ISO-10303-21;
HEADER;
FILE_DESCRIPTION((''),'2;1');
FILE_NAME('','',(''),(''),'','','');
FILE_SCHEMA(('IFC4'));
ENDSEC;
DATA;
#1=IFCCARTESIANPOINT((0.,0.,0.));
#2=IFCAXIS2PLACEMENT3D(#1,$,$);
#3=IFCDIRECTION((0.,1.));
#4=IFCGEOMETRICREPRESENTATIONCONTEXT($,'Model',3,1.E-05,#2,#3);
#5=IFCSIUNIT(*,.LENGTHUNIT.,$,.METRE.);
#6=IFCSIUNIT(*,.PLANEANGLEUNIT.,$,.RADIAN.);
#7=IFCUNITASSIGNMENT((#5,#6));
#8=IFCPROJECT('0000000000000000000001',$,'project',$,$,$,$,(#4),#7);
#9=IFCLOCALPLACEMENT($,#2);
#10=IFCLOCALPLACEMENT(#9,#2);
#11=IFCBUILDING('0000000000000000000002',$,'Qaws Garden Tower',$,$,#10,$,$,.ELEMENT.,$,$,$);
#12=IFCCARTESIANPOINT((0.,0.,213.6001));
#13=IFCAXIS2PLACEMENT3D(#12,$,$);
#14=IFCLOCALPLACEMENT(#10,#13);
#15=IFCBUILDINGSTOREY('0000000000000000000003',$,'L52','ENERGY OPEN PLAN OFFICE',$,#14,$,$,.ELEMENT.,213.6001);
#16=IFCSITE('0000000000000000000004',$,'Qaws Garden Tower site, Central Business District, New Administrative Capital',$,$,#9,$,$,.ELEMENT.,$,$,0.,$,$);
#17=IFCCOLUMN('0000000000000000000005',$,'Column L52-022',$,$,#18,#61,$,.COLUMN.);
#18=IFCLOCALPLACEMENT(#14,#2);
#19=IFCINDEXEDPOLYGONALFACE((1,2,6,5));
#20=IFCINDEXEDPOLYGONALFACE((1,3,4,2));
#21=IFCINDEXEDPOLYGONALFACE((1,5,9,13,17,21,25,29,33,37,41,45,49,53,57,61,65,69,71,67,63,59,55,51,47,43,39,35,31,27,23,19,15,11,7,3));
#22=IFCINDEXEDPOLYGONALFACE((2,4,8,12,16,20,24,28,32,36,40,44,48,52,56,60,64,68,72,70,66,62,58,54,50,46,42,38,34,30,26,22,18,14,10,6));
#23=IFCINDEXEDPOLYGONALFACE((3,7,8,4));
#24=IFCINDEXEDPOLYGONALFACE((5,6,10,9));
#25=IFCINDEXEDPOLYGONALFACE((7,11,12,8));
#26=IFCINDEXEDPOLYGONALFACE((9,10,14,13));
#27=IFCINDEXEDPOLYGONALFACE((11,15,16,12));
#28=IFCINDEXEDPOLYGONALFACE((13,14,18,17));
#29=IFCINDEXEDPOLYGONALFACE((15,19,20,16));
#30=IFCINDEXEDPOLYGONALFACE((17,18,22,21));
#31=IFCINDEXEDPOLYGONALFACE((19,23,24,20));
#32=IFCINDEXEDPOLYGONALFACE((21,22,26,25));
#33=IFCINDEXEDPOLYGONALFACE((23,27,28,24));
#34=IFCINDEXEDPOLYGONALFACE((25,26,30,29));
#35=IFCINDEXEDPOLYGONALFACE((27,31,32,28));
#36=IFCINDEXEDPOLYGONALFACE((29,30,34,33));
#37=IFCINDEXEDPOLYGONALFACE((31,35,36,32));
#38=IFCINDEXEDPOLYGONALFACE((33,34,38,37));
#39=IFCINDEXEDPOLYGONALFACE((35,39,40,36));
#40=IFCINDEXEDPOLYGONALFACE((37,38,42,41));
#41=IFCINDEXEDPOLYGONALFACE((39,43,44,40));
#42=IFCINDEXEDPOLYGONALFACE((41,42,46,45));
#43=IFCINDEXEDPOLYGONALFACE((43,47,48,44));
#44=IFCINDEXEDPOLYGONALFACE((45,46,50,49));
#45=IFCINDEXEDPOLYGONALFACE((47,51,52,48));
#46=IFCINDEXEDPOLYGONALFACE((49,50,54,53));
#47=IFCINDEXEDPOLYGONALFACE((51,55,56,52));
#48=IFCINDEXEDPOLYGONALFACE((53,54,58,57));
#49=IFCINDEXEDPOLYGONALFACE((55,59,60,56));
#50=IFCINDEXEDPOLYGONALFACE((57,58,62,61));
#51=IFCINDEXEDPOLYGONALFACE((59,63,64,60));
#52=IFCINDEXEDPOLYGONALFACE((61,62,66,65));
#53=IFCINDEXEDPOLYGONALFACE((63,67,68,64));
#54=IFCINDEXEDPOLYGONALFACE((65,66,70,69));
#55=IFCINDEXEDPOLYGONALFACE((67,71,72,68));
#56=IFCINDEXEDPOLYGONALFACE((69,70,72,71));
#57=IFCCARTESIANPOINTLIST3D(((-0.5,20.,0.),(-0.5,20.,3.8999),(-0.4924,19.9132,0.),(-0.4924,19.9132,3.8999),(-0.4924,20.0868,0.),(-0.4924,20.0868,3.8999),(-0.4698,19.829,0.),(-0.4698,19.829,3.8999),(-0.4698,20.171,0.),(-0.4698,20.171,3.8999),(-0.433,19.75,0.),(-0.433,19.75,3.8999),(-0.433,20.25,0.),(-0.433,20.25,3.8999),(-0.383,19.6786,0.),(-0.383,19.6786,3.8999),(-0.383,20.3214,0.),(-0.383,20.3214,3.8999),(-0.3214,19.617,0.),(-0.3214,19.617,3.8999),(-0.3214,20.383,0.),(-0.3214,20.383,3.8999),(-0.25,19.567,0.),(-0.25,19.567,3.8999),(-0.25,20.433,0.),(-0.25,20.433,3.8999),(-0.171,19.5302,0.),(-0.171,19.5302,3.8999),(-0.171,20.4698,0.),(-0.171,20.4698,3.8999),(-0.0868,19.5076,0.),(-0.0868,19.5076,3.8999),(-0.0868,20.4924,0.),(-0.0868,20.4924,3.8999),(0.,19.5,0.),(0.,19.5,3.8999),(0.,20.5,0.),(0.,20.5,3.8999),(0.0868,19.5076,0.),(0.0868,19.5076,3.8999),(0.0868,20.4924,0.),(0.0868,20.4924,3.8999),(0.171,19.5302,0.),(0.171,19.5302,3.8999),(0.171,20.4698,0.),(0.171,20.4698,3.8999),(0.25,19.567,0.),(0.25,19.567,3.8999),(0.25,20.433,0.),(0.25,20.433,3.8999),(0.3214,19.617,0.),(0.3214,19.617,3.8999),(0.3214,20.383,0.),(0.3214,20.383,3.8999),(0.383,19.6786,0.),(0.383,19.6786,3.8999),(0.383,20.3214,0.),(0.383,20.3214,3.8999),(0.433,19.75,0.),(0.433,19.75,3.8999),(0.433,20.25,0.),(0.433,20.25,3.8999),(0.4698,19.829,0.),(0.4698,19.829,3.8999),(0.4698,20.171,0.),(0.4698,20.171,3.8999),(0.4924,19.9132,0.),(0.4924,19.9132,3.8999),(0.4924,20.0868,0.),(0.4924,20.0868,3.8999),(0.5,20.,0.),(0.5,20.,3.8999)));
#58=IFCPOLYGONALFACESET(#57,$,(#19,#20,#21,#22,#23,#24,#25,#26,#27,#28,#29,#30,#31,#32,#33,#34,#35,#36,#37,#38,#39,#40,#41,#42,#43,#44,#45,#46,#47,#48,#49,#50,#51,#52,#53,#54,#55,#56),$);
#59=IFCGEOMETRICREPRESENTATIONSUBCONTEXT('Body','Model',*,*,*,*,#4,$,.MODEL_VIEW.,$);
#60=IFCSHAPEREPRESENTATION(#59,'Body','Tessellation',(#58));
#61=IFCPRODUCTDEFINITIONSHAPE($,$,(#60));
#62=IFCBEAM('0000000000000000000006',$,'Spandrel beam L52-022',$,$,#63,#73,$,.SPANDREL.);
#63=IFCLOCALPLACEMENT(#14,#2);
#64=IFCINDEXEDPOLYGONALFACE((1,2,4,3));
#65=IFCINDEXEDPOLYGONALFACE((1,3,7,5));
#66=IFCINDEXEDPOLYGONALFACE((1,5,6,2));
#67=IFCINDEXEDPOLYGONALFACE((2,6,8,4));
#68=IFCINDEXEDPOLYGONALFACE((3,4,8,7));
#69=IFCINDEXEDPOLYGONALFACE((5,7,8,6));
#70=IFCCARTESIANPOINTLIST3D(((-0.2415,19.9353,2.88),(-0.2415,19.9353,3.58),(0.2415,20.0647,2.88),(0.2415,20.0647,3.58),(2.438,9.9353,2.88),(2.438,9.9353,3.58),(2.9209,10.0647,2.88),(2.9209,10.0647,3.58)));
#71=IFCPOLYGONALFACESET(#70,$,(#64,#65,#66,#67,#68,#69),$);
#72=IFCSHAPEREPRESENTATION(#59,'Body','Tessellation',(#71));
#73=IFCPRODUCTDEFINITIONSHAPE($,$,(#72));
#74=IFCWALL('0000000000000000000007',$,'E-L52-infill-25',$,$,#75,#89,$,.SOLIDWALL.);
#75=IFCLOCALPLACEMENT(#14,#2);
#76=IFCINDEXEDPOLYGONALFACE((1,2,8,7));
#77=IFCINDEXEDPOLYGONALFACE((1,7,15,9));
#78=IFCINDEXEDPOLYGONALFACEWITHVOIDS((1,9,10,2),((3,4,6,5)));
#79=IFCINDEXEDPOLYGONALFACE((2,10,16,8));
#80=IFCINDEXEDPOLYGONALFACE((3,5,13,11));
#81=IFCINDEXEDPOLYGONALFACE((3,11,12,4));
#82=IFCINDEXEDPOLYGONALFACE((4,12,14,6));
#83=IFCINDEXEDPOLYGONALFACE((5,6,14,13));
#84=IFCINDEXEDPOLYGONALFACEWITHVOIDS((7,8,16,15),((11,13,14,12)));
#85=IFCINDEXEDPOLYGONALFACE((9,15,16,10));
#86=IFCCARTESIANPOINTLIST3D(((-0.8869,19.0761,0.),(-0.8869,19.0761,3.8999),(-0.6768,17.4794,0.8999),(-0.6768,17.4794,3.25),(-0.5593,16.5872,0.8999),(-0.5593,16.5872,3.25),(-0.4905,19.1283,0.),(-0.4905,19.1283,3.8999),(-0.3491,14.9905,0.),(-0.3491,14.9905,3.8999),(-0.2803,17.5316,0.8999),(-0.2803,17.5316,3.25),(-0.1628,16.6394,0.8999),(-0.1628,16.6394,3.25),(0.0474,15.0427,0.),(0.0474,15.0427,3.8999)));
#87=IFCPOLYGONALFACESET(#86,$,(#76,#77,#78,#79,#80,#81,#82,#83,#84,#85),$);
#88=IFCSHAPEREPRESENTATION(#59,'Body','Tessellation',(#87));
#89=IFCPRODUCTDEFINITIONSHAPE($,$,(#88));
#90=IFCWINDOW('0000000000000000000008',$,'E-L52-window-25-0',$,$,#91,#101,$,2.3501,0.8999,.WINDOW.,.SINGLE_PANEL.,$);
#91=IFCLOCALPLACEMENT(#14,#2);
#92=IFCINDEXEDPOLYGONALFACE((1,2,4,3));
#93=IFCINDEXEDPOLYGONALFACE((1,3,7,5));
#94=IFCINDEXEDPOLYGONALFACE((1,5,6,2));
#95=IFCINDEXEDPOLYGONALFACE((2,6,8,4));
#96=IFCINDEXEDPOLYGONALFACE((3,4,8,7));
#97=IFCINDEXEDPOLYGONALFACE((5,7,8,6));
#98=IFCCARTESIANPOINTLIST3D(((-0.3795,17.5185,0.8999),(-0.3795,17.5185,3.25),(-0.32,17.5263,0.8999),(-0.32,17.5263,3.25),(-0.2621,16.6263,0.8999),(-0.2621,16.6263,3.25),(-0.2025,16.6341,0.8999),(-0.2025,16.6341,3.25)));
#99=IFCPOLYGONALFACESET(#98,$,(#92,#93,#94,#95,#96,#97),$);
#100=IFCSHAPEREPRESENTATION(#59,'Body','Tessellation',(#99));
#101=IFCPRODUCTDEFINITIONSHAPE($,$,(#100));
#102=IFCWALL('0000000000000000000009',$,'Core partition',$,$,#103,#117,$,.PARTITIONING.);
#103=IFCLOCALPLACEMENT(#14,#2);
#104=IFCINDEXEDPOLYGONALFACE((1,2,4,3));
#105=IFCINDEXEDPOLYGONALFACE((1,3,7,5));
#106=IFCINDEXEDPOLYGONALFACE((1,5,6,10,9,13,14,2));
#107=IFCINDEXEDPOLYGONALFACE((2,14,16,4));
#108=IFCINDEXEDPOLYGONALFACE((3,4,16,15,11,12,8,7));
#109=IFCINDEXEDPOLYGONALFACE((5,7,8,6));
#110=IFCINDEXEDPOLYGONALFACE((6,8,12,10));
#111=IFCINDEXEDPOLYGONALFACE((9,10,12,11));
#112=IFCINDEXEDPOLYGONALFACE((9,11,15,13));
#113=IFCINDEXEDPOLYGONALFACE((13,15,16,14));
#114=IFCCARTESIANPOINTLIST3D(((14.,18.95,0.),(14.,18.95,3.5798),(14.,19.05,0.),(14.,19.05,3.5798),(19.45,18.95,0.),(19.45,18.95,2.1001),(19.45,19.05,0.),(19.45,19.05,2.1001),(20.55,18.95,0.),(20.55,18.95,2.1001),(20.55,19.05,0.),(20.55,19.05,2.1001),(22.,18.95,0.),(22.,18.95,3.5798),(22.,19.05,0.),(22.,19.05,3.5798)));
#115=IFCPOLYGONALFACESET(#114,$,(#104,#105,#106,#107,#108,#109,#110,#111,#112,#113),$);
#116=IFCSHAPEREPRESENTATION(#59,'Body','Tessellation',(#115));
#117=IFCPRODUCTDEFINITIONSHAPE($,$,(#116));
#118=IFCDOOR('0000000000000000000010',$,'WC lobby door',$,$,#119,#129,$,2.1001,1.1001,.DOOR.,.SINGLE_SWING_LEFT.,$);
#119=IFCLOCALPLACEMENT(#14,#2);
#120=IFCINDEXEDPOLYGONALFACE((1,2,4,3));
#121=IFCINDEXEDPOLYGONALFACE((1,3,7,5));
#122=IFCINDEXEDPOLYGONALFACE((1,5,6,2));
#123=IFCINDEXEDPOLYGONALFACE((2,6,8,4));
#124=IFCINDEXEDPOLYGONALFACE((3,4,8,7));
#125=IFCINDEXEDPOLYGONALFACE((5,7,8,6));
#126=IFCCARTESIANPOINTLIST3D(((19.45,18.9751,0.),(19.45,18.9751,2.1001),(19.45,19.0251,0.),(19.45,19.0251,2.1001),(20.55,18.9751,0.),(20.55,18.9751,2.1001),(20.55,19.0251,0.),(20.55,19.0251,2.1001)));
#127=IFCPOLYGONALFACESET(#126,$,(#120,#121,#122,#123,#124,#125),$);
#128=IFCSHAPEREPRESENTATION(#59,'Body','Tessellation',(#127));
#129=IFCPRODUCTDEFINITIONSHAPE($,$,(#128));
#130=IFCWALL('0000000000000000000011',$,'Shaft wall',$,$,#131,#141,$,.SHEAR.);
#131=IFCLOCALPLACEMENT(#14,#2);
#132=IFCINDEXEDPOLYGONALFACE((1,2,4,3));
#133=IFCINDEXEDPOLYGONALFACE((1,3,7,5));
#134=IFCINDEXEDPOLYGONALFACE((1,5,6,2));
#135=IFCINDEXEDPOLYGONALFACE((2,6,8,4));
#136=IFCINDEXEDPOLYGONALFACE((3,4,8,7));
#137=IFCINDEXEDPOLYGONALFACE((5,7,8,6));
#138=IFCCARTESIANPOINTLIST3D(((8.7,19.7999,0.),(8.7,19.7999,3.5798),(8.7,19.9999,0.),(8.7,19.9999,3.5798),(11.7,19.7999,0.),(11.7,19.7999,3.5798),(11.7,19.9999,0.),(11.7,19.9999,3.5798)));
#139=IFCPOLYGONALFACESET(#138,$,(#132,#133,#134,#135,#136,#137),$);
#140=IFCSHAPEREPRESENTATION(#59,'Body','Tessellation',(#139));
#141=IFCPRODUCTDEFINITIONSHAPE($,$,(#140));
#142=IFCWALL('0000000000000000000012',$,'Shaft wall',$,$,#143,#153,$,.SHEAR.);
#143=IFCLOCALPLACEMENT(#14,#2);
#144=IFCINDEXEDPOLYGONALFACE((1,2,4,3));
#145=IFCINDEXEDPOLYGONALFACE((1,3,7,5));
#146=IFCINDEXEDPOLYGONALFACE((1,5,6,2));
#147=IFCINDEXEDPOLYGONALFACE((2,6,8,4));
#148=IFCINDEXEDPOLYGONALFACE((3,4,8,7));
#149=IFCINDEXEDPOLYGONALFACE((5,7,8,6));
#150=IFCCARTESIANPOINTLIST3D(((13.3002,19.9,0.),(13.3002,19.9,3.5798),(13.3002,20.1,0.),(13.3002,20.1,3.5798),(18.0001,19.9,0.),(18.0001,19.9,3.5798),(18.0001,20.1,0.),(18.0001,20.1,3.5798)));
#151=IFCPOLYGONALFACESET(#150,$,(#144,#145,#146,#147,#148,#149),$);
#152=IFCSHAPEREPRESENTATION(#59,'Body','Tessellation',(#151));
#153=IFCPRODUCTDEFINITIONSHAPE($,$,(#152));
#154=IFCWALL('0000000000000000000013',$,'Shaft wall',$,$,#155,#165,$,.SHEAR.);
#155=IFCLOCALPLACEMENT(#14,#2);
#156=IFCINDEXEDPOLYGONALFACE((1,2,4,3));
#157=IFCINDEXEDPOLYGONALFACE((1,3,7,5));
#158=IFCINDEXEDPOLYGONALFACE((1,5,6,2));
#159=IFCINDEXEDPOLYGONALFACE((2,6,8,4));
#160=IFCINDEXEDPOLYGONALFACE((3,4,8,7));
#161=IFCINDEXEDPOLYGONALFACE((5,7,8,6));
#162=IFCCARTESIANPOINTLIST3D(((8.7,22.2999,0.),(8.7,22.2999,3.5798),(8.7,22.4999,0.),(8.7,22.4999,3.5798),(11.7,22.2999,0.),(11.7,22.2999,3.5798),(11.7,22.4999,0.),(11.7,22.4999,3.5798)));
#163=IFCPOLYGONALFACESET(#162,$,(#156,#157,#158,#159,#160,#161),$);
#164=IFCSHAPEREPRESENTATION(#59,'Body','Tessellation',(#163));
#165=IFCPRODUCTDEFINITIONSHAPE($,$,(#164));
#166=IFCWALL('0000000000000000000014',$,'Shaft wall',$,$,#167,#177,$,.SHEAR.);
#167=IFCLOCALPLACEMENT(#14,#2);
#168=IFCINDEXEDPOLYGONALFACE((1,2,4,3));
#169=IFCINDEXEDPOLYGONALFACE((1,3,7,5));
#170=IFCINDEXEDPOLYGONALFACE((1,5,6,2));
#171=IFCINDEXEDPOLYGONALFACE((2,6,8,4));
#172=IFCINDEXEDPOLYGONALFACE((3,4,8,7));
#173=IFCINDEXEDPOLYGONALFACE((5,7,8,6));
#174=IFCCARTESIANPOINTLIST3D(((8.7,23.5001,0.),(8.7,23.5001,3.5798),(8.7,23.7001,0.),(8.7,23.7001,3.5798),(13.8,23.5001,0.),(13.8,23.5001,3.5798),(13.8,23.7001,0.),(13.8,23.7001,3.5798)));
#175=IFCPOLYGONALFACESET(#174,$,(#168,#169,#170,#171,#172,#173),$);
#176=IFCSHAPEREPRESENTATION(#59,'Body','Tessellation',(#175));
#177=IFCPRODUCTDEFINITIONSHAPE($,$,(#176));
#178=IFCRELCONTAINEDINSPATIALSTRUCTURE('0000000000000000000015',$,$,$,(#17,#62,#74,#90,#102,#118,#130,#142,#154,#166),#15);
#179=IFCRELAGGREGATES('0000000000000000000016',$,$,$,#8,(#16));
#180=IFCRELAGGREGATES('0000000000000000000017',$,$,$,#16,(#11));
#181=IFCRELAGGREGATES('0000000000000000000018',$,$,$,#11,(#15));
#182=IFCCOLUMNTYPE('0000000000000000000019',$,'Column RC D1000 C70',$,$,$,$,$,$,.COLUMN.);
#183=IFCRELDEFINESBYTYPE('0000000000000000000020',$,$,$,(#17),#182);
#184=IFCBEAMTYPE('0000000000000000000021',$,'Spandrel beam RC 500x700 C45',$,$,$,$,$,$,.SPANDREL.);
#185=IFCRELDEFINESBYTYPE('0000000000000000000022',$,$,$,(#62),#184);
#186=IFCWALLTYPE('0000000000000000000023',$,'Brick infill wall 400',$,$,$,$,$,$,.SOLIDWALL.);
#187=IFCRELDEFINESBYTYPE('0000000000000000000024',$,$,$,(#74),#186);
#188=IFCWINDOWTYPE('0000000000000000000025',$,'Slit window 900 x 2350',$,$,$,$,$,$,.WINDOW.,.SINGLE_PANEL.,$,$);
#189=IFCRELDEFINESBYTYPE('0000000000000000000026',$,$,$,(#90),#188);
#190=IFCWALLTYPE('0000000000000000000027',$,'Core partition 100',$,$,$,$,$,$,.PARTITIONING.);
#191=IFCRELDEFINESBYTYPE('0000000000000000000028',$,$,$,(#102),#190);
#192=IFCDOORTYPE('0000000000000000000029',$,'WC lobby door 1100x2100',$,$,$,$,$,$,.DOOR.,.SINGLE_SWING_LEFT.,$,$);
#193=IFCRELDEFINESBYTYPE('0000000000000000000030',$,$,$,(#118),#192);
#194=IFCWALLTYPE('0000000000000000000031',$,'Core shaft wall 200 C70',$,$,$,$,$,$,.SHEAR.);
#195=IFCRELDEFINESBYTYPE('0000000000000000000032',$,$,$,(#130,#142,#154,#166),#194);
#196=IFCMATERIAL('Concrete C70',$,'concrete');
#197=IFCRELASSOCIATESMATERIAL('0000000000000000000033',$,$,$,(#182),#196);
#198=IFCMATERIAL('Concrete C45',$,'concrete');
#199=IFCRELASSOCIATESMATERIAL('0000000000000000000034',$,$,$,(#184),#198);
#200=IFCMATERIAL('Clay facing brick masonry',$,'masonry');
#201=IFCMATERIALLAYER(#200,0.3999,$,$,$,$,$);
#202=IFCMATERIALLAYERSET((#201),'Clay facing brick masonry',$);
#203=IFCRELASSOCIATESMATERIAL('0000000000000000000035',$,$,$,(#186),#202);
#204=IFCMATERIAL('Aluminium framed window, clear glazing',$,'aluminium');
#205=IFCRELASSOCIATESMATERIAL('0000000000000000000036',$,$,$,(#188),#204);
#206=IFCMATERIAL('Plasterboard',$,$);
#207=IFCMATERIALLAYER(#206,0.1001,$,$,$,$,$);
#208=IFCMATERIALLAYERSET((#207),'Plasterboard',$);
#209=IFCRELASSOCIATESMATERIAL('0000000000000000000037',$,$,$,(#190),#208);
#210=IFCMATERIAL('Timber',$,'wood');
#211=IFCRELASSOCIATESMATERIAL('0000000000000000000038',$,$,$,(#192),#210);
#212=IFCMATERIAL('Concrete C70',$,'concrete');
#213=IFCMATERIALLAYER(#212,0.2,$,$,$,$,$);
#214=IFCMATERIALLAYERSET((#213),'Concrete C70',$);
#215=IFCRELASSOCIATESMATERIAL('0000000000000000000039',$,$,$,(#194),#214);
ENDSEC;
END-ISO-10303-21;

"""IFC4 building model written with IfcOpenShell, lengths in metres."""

from ifc_helpers import new_model, si_unit, direction, frame, frame_2d, origin, origin_2d, place, context, subcontext, project, spatial, rectangle, circle, extrude, material, layer, layer_set, material_profile, profile_set, type_object, element, fill, save


model = new_model("IFC4")

# Units and contexts
model_context = context("Model", 3, precision=1e-05, world=origin(), true_north=direction((0.0, 1.0)))
body_context = subcontext(model_context, "Body", "Model", "MODEL_VIEW")
ifc_project = project(units=[si_unit("LENGTHUNIT", "METRE"), si_unit("PLANEANGLEUNIT", "RADIAN")], contexts=[model_context])

# Site, building, storey
site_placement = place(None, origin())
site = spatial("IfcSite", under=ifc_project, at=site_placement, Name="Qaws Garden Tower site, Central Business District, New Administrative Capital", CompositionType="ELEMENT", RefElevation=0.0)
building_placement = place(site_placement, origin())
building = spatial("IfcBuilding", under=site, at=building_placement, Name="Qaws Garden Tower", CompositionType="ELEMENT")
storey_placement = place(building_placement, frame((0.0, 0.0, 213.6001)))
storey = spatial("IfcBuildingStorey", under=building, at=storey_placement, Name="L52", Description="ENERGY OPEN PLAN OFFICE", CompositionType="ELEMENT", Elevation=213.6001)

# Column
ifc_material_1 = material(Name="Concrete C70", Category="concrete")
ifc_material_profile_1 = material_profile(ifc_material_1, circle(Radius=0.5, at=origin_2d()), Name="RC D1000")
ifc_profile_set_1 = profile_set([ifc_material_profile_1], Name="Concrete C70")
column_type = type_object("IfcColumnType", Name="Column RC D1000 C70", PredefinedType="COLUMN", material=ifc_profile_set_1)
column_placement = place(storey_placement, frame((0.0, 20.0, 0.0), z_axis=(0.0, 0.0, 1.0), x_axis=(1.0, 0.0, 0.0)))
element("IfcColumn", 1, at=column_placement, inside=storey, type_object=column_type, Name="Column L52-022", PredefinedType="COLUMN", context=body_context, shape_type="SweptSolid", body=[
    extrude(circle(Radius=0.5, at=origin_2d()), origin(), (0.0, 0.0, 1.0), 3.8999),
])

# Beam
ifc_material_2 = material(Name="Concrete C45", Category="concrete")
ifc_material_profile_2 = material_profile(ifc_material_2, rectangle(XDim=0.5, YDim=0.7, at=origin_2d()), Name="RC 500x700")
ifc_profile_set_2 = profile_set([ifc_material_profile_2], Name="Concrete C45")
beam_type = type_object("IfcBeamType", Name="Spandrel beam RC 500x700 C45", PredefinedType="SPANDREL", material=ifc_profile_set_2)
beam_placement = place(storey_placement, frame((0.0, 20.0, 3.23), z_axis=(0.258815, -0.965927, 0.0), x_axis=(0.965927, 0.258815, 0.0)))
element("IfcBeam", 2, at=beam_placement, inside=storey, type_object=beam_type, Name="Spandrel beam L52-022", PredefinedType="SPANDREL", context=body_context, shape_type="SweptSolid", body=[
    extrude(rectangle(XDim=0.5, YDim=0.7, at=origin_2d()), origin(), (0.0, 0.0, 1.0), 10.3528),
])

# Wall, opening, window
ifc_material_3 = material(Name="Clay facing brick masonry", Category="masonry")
ifc_layer_1 = layer(ifc_material_3, 0.3999)
ifc_layer_set_1 = layer_set([ifc_layer_1], Name="Clay facing brick masonry")
wall_type_1 = type_object("IfcWallType", Name="Brick infill wall 400", PredefinedType="SOLIDWALL", material=ifc_layer_set_1)
wall_1_placement = place(storey_placement, frame((-0.6887, 19.1023, 0.0), z_axis=(0.0, 0.0, 1.0), x_axis=(0.130514, -0.991446, 0.0)))
wall_1 = element("IfcWall", 3, at=wall_1_placement, inside=storey, type_object=wall_type_1, Name="E-L52-infill-25", PredefinedType="SOLIDWALL", context=body_context, shape_type="SweptSolid", body=[
    extrude(rectangle(XDim=4.1208, YDim=0.3999, at=frame_2d((2.0605, 0.0))), origin(), (0.0, 0.0, 1.0), 3.8999),
])
opening_1_placement = place(wall_1_placement, frame((1.6106, 0.0, 0.8999)))
opening_1 = element("IfcOpeningElement", 4, at=opening_1_placement, cuts=wall_1, PredefinedType="OPENING", context=body_context, shape_type="SweptSolid", body=[
    extrude(rectangle(XDim=0.8999, YDim=2.3501, at=frame_2d((0.45, 1.175))), frame((0.0, 0.21, 0.0), z_axis=(0.0, -1.0, 0.0), x_axis=(1.0, 0.0, 0.0)), (0.0, 0.0, 1.0), 0.4199),
])
ifc_material_4 = material(Name="Aluminium framed window, clear glazing", Category="aluminium")
window_type = type_object("IfcWindowType", Name="Slit window 900 x 2350", PartitioningType="SINGLE_PANEL", PredefinedType="WINDOW", material=ifc_material_4)
window_placement = place(opening_1_placement, origin())
window = element("IfcWindow", 5, at=window_placement, inside=storey, type_object=window_type, Name="E-L52-window-25-0", OverallHeight=2.3501, OverallWidth=0.8999, PartitioningType="SINGLE_PANEL", PredefinedType="WINDOW", context=body_context, shape_type="SweptSolid", body=[
    extrude(rectangle(XDim=0.8999, YDim=2.3501, at=frame_2d((0.45, 1.175))), frame((0.0, 0.1599, 0.0), z_axis=(0.0, -1.0, 0.0), x_axis=(1.0, 0.0, 0.0)), (0.0, 0.0, 1.0), 0.0601),
])
fill(opening_1, window)

# Wall, opening, door
ifc_material_5 = material(Name="Plasterboard")
ifc_layer_2 = layer(ifc_material_5, 0.1001)
ifc_layer_set_2 = layer_set([ifc_layer_2], Name="Plasterboard")
wall_type_2 = type_object("IfcWallType", Name="Core partition 100", PredefinedType="PARTITIONING", material=ifc_layer_set_2)
wall_2_placement = place(storey_placement, frame((14.0, 19.0, 0.0), z_axis=(0.0, 0.0, 1.0), x_axis=(1.0, 0.0, 0.0)))
wall_2 = element("IfcWall", 6, at=wall_2_placement, inside=storey, type_object=wall_type_2, Name="Core partition", PredefinedType="PARTITIONING", context=body_context, shape_type="SweptSolid", body=[
    extrude(rectangle(XDim=8.0, YDim=0.1001, at=frame_2d((4.0, 0.0))), origin(), (0.0, 0.0, 1.0), 3.5798),
])
opening_2_placement = place(wall_2_placement, frame((5.45, 0.0, 0.0)))
opening_2 = element("IfcOpeningElement", 7, at=opening_2_placement, cuts=wall_2, PredefinedType="OPENING", context=body_context, shape_type="SweptSolid", body=[
    extrude(rectangle(XDim=1.1001, YDim=2.1001, at=frame_2d((0.55, 1.05))), frame((0.0, 0.0601, 0.0), z_axis=(0.0, -1.0, 0.0), x_axis=(1.0, 0.0, 0.0)), (0.0, 0.0, 1.0), 0.1201),
])
ifc_material_6 = material(Name="Timber", Category="wood")
door_type_1 = type_object("IfcDoorType", Name="WC lobby door 1100x2100", OperationType="SINGLE_SWING_LEFT", PredefinedType="DOOR", material=ifc_material_6)
door_1_placement = place(opening_2_placement, frame((1.1001, 0.0, 0.0), z_axis=(0.0, 0.0, 1.0), x_axis=(-1.0, 0.0, 0.0)))
door_1 = element("IfcDoor", 8, at=door_1_placement, inside=storey, type_object=door_type_1, Name="WC lobby door", OperationType="SINGLE_SWING_LEFT", OverallHeight=2.1001, OverallWidth=1.1001, PredefinedType="DOOR", context=body_context, shape_type="SweptSolid", body=[
    extrude(rectangle(XDim=1.1001, YDim=2.1001, at=frame_2d((0.55, 1.05))), frame((0.0, 0.0249, 0.0), z_axis=(0.0, -1.0, 0.0), x_axis=(1.0, 0.0, 0.0)), (0.0, 0.0, 1.0), 0.05),
])
fill(opening_2, door_1)

# Walls
ifc_material_7 = material(Name="Concrete C70", Category="concrete")
ifc_layer_3 = layer(ifc_material_7, 0.2)
ifc_layer_set_3 = layer_set([ifc_layer_3], Name="Concrete C70")
wall_type_3 = type_object("IfcWallType", Name="Core shaft wall 200 C70", PredefinedType="SHEAR", material=ifc_layer_set_3)
wall_3_placement = place(storey_placement, frame((8.7, 19.8999, 0.0), z_axis=(0.0, 0.0, 1.0), x_axis=(1.0, 0.0, 0.0)))
element("IfcWall", 9, at=wall_3_placement, inside=storey, type_object=wall_type_3, Name="Shaft wall", PredefinedType="SHEAR", context=body_context, shape_type="SweptSolid", body=[
    extrude(rectangle(XDim=3.0, YDim=0.2, at=frame_2d((1.5, 0.0))), origin(), (0.0, 0.0, 1.0), 3.5798),
])
wall_4_placement = place(storey_placement, frame((13.3, 20.0, 0.0), z_axis=(0.0, 0.0, 1.0), x_axis=(1.0, 0.0, 0.0)))
element("IfcWall", 10, at=wall_4_placement, inside=storey, type_object=wall_type_3, Name="Shaft wall", PredefinedType="SHEAR", context=body_context, shape_type="SweptSolid", body=[
    extrude(rectangle(XDim=4.7, YDim=0.2, at=frame_2d((2.3501, 0.0))), origin(), (0.0, 0.0, 1.0), 3.5798),
])
wall_5_placement = place(storey_placement, frame((8.7, 22.3999, 0.0), z_axis=(0.0, 0.0, 1.0), x_axis=(1.0, 0.0, 0.0)))
element("IfcWall", 11, at=wall_5_placement, inside=storey, type_object=wall_type_3, Name="Shaft wall", PredefinedType="SHEAR", context=body_context, shape_type="SweptSolid", body=[
    extrude(rectangle(XDim=3.0, YDim=0.2, at=frame_2d((1.5, 0.0))), origin(), (0.0, 0.0, 1.0), 3.5798),
])
wall_6_placement = place(storey_placement, frame((8.7, 23.6001, 0.0), z_axis=(0.0, 0.0, 1.0), x_axis=(1.0, 0.0, 0.0)))
element("IfcWall", 12, at=wall_6_placement, inside=storey, type_object=wall_type_3, Name="Shaft wall", PredefinedType="SHEAR", context=body_context, shape_type="SweptSolid", body=[
    extrude(rectangle(XDim=5.1001, YDim=0.2, at=frame_2d((2.55, 0.0))), origin(), (0.0, 0.0, 1.0), 3.5798),
])

save(model, "model.ifc")
